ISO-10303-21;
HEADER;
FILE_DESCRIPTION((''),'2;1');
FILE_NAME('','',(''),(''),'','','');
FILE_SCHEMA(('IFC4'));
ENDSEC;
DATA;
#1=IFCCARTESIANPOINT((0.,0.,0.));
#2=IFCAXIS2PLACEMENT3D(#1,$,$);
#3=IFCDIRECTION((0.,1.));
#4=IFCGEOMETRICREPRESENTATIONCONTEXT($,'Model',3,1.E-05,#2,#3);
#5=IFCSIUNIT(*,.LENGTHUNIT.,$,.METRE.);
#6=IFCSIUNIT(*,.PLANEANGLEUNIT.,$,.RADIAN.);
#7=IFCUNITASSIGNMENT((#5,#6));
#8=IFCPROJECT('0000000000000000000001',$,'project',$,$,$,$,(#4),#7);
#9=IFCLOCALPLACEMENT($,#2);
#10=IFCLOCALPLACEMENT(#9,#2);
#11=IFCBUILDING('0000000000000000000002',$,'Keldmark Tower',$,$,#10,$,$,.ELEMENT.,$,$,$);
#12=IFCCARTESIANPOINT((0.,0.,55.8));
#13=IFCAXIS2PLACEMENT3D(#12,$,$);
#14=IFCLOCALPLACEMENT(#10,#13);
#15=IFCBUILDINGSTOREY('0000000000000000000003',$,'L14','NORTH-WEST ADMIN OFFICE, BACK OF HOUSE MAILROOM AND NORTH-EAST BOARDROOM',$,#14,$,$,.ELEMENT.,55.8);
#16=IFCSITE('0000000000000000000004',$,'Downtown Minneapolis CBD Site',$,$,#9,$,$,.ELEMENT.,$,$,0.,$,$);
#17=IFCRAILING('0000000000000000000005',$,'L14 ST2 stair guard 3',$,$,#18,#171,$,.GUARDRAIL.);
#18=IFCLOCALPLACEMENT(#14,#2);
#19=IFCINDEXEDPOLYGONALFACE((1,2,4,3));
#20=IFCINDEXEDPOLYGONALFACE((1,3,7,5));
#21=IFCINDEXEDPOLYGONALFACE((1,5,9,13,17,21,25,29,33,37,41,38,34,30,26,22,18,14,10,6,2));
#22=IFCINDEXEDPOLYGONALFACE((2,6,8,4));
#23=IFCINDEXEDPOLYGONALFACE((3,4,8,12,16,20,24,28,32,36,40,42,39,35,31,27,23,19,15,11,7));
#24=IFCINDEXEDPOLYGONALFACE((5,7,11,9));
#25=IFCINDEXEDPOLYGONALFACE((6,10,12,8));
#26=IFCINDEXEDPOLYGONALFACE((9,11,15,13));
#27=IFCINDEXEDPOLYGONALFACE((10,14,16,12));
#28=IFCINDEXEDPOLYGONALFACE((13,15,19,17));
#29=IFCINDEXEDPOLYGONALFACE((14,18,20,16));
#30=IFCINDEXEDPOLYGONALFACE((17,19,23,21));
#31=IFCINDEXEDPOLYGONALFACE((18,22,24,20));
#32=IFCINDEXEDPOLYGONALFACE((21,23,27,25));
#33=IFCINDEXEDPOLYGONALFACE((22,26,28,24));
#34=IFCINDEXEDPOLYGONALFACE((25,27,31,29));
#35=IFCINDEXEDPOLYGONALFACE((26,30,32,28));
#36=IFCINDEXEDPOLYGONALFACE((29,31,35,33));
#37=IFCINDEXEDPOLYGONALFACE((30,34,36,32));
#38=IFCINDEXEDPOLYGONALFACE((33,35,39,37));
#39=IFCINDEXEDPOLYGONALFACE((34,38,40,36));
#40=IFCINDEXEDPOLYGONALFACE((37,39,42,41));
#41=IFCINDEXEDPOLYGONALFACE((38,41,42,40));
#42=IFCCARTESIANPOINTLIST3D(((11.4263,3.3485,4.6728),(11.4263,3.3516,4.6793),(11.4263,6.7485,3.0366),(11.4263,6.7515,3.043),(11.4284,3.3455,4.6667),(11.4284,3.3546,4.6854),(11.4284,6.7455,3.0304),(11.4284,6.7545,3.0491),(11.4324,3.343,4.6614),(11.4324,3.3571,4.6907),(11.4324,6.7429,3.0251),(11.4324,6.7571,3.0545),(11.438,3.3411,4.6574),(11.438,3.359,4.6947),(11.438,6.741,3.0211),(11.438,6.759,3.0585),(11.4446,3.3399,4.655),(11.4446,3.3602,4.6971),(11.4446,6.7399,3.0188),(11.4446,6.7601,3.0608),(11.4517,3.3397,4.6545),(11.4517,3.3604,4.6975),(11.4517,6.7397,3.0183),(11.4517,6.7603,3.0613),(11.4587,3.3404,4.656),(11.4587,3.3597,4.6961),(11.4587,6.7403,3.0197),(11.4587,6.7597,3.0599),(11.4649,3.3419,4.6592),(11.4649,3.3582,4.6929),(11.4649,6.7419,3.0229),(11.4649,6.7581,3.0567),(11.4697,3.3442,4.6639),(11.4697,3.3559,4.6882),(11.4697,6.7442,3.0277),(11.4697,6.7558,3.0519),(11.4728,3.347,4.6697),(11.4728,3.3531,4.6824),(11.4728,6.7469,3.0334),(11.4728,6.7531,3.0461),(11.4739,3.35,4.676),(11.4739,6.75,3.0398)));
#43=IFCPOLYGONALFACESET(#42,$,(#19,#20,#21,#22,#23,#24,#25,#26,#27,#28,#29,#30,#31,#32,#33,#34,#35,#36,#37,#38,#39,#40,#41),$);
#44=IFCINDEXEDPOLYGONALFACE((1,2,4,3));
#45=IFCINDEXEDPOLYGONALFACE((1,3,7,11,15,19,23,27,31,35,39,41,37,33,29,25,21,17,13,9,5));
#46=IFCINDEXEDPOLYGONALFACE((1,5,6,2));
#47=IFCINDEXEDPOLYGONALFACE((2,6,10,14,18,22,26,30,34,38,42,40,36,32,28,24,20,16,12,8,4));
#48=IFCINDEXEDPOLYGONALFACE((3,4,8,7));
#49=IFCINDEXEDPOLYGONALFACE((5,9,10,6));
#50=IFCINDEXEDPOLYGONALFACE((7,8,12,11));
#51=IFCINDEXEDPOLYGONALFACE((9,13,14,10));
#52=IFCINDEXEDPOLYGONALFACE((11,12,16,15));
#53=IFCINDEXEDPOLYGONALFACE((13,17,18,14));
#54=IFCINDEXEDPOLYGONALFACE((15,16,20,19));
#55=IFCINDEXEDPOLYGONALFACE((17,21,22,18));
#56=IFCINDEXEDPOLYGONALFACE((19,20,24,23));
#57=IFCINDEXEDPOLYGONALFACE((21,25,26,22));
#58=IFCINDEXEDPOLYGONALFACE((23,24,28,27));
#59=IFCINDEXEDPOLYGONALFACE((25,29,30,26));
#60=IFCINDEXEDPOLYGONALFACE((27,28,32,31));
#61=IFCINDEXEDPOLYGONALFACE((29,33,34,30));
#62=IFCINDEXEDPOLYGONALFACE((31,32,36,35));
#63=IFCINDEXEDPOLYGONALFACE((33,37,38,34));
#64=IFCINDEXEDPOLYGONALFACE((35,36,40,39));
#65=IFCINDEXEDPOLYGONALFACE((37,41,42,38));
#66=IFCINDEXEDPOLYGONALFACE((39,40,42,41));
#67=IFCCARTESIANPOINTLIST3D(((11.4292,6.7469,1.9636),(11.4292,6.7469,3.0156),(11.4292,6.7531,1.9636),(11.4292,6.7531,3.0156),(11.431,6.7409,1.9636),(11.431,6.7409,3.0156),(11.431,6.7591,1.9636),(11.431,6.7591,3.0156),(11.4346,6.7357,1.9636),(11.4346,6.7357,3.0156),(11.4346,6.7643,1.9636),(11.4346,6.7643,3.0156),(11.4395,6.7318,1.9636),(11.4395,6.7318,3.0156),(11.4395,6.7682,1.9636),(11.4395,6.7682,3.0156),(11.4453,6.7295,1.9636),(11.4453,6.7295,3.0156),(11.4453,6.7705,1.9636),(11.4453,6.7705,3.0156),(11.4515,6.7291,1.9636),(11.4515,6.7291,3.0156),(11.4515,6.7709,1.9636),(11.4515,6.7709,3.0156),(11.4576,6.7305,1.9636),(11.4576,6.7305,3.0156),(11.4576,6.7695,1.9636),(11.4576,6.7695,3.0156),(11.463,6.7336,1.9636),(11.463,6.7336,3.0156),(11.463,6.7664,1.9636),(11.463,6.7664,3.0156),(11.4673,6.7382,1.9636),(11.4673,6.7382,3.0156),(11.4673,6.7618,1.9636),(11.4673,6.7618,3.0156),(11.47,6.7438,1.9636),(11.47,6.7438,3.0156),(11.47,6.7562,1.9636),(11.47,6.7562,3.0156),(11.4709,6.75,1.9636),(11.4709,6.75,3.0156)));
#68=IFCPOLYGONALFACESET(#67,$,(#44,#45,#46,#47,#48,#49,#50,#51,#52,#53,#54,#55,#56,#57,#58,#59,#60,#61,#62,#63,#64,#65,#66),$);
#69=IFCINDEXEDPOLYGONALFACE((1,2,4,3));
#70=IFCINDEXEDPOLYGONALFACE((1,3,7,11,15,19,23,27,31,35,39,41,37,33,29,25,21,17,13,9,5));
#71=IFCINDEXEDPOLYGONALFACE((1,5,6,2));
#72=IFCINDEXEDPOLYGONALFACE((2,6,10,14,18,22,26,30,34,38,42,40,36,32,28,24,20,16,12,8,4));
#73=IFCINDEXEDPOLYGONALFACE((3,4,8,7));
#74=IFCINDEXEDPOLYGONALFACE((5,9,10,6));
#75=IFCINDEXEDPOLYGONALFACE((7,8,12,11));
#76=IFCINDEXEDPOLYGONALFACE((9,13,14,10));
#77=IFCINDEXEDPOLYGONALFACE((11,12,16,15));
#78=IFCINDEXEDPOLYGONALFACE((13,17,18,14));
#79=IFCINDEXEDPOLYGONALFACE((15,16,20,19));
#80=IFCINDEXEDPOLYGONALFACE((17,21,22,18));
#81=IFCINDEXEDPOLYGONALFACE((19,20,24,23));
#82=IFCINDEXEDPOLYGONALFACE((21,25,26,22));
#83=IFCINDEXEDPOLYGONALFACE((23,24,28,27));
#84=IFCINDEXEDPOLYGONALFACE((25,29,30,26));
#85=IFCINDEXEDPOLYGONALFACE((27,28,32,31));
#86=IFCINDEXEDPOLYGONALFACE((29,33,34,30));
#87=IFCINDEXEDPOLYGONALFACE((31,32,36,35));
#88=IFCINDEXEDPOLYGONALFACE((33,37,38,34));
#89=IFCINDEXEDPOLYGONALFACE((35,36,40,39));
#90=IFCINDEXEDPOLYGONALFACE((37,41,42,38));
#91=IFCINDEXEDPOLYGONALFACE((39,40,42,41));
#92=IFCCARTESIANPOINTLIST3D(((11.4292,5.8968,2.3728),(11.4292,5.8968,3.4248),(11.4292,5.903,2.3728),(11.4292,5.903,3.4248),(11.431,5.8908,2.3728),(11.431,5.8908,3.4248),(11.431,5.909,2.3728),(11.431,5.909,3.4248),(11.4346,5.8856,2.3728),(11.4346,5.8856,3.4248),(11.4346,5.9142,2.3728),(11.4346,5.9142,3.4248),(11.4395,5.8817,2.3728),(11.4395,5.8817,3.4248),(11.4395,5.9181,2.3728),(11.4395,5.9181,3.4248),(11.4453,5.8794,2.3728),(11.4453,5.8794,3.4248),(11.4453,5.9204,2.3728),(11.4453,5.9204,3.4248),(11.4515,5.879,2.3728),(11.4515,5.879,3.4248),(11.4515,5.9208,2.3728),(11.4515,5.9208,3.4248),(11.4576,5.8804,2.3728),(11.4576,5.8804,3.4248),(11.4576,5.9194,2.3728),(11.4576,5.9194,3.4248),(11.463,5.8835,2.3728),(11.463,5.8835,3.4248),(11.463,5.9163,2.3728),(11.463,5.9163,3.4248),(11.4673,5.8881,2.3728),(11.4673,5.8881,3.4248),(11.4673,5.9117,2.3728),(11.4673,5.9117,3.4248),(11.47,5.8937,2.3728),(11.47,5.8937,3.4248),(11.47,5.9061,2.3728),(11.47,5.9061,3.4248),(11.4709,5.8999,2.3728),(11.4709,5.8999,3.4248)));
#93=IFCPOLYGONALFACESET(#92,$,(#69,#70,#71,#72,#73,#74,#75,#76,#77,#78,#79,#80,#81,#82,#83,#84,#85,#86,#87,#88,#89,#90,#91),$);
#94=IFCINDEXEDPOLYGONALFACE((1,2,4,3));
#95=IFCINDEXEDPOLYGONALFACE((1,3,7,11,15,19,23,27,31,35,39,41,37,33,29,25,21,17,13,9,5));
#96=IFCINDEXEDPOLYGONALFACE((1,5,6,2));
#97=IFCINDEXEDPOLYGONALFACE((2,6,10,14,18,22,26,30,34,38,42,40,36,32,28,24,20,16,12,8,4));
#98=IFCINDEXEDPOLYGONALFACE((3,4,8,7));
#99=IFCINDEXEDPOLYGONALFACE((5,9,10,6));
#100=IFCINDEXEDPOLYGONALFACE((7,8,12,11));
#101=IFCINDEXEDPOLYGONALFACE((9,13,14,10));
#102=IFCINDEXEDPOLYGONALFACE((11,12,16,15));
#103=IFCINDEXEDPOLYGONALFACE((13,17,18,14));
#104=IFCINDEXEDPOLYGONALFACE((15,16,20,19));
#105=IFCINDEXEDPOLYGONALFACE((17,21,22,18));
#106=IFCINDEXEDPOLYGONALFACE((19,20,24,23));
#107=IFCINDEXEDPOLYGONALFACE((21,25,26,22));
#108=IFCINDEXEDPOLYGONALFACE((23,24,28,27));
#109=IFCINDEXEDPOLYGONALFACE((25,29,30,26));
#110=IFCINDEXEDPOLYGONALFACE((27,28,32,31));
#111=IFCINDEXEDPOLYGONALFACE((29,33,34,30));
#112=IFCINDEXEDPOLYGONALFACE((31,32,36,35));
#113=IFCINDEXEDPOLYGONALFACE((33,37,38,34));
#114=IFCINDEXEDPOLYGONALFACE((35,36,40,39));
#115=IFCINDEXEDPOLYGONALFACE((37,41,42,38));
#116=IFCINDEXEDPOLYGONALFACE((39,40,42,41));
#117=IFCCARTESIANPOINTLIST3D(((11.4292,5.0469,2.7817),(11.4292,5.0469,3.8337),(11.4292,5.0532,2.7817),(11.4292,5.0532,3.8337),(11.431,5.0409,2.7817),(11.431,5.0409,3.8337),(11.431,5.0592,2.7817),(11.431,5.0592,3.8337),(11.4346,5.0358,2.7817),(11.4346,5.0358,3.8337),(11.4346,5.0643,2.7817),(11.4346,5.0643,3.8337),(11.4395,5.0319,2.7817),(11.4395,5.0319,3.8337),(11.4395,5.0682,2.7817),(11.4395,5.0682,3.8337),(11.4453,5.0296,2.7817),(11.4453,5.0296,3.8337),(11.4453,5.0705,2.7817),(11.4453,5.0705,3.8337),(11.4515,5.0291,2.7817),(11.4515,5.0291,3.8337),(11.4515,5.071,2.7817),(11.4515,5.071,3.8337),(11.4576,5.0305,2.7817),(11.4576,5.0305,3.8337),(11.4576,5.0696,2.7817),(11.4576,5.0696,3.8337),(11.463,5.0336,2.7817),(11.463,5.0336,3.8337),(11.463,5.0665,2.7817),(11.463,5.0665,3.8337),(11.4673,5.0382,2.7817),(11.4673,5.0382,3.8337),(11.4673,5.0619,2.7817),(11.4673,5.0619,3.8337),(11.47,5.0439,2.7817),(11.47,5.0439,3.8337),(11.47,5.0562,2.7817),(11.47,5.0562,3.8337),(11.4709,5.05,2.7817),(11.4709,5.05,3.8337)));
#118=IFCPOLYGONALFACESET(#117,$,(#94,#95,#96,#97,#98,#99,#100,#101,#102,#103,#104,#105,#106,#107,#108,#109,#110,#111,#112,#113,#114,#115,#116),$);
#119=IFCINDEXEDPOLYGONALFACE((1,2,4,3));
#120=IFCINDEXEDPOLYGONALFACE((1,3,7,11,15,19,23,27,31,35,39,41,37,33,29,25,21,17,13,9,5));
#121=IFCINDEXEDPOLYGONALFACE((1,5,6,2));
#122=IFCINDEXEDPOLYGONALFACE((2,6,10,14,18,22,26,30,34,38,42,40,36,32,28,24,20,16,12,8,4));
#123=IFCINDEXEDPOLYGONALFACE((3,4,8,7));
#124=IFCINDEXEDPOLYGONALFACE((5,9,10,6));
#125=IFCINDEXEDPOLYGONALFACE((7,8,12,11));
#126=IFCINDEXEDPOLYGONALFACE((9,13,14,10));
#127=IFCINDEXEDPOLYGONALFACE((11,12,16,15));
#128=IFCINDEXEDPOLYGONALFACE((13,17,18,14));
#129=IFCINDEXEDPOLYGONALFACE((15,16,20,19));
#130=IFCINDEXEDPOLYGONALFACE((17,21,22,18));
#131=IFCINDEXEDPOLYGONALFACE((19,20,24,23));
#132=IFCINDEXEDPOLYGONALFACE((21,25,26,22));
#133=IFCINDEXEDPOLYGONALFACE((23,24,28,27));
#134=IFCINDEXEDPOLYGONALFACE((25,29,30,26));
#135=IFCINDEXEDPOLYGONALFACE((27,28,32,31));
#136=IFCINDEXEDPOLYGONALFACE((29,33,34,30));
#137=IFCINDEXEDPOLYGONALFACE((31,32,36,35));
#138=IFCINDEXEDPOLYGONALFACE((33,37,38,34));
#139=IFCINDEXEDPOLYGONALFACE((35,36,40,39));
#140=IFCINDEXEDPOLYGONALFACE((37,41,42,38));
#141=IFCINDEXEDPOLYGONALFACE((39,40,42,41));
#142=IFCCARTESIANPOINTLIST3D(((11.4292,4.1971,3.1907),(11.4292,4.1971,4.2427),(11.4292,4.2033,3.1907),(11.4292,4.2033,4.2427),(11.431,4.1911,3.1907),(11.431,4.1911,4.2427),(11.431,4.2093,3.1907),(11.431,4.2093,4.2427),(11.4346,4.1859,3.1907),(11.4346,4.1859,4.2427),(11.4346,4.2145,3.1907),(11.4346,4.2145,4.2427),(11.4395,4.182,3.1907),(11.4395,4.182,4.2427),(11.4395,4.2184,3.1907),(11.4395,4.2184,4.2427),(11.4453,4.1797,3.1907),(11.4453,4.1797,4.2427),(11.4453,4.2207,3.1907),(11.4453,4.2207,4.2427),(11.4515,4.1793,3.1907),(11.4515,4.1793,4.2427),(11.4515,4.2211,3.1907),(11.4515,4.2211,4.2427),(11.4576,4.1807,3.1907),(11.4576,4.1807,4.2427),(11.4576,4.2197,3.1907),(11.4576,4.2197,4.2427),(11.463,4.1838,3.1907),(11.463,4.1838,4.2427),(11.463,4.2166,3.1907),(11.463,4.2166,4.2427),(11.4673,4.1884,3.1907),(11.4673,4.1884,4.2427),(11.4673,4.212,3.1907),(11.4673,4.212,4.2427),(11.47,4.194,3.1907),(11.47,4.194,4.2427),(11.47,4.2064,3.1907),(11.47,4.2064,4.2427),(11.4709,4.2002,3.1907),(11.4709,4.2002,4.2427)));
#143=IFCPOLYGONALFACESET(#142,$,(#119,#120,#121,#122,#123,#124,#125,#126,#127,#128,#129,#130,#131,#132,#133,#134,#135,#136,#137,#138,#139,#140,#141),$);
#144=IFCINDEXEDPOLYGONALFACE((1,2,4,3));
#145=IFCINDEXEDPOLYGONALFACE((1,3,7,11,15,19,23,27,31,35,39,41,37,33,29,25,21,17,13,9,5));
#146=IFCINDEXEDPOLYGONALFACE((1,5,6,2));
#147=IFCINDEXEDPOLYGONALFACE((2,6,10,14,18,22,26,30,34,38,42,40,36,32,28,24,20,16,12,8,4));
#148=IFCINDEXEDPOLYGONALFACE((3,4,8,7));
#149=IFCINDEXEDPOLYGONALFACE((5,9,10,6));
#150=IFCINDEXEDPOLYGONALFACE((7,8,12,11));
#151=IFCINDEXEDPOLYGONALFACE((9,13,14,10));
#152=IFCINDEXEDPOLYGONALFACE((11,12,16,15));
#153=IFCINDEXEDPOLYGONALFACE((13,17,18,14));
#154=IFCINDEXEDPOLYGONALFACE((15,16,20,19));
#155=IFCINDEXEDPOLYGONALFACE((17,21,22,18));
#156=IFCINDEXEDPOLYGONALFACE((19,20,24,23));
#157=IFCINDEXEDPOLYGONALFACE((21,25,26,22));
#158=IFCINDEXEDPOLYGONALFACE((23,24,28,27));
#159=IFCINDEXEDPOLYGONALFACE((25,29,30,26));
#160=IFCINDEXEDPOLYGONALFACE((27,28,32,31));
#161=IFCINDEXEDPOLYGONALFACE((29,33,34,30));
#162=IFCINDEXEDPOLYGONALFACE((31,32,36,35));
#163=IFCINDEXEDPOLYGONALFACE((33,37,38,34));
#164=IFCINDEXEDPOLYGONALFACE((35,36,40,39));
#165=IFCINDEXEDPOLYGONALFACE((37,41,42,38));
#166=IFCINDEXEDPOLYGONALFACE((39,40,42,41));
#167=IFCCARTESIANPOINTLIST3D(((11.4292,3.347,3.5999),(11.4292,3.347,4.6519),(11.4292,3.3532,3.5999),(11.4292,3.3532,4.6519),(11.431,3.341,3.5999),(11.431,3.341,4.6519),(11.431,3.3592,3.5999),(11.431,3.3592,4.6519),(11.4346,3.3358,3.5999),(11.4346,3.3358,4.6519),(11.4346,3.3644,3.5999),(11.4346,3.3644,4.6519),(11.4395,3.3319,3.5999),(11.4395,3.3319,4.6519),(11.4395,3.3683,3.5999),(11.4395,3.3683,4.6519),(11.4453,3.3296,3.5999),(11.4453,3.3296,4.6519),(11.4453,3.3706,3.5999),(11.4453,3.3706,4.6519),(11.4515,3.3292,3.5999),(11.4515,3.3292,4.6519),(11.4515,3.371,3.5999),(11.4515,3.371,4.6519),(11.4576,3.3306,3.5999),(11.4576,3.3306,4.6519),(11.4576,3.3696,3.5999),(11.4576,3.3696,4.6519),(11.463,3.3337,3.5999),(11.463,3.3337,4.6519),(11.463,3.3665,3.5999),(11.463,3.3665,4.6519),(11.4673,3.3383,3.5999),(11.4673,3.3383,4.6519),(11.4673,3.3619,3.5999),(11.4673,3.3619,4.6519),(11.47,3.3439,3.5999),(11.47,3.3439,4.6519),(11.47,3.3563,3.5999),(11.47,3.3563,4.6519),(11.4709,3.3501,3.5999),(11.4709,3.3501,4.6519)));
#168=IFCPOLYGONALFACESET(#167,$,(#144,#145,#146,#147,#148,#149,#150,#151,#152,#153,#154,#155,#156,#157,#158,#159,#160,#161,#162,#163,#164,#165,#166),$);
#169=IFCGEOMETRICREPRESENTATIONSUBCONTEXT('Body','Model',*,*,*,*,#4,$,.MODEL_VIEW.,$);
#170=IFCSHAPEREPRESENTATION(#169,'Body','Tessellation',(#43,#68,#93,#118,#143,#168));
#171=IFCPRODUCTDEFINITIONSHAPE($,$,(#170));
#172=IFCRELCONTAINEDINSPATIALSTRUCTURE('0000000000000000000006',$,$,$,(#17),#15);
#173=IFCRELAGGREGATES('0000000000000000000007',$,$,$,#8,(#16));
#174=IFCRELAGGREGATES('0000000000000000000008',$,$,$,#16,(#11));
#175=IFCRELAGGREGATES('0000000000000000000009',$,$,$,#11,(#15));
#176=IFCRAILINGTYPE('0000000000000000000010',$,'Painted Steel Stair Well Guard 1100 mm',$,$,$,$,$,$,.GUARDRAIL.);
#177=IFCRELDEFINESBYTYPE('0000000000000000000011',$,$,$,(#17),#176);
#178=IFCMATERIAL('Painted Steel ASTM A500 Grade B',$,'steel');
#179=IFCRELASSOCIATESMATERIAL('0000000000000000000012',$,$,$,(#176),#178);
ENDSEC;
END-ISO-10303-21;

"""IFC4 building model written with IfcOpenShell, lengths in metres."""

from ifc_helpers import new_model, si_unit, direction, frame, origin, origin_2d, place, context, subcontext, project, spatial, circle, extrude, material, type_object, element, save


model = new_model("IFC4")

# Units and contexts
model_context = context("Model", 3, precision=1e-05, world=origin(), true_north=direction((0.0, 1.0)))
body_context = subcontext(model_context, "Body", "Model", "MODEL_VIEW")
ifc_project = project(units=[si_unit("LENGTHUNIT", "METRE"), si_unit("PLANEANGLEUNIT", "RADIAN")], contexts=[model_context])

# Site, building, storey
site_placement = place(None, origin())
site = spatial("IfcSite", under=ifc_project, at=site_placement, Name="Downtown Minneapolis CBD Site", CompositionType="ELEMENT", RefElevation=0.0)
building_placement = place(site_placement, origin())
building = spatial("IfcBuilding", under=site, at=building_placement, Name="Keldmark Tower", CompositionType="ELEMENT")
storey_placement = place(building_placement, frame((0.0, 0.0, 55.8)))
storey = spatial("IfcBuildingStorey", under=building, at=storey_placement, Name="L14", Description="NORTH-WEST ADMIN OFFICE, BACK OF HOUSE MAILROOM AND NORTH-EAST BOARDROOM", CompositionType="ELEMENT", Elevation=55.8)

# Railing
ifc_material_1 = material(Name="Painted Steel ASTM A500 Grade B", Category="steel")
railing_type_1 = type_object("IfcRailingType", Name="Painted Steel Stair Well Guard 1100 mm", PredefinedType="GUARDRAIL", material=ifc_material_1)
railing_1_placement = place(storey_placement, frame((11.45, 6.75, 1.9636)))
element("IfcRailing", 1, at=railing_1_placement, inside=storey, type_object=railing_type_1, Name="L14 ST2 stair guard 3", PredefinedType="GUARDRAIL", context=body_context, shape_type="SweptSolid", body=[
    extrude(circle(Radius=0.0239, at=origin_2d()), frame((0.0, 0.0, 1.0762), z_axis=(0.0, -0.90108, 0.433652), x_axis=(1.0, 0.0, 0.0)), (0.0, 0.0, 1.0), 3.7732),
    extrude(circle(Radius=0.021, at=origin_2d()), origin(), (0.0, 0.0, 1.0), 1.052),
    extrude(circle(Radius=0.021, at=origin_2d()), frame((0.0, -0.8501, 0.4092)), (0.0, 0.0, 1.0), 1.052),
    extrude(circle(Radius=0.021, at=origin_2d()), frame((0.0, -1.7, 0.8181)), (0.0, 0.0, 1.0), 1.052),
    extrude(circle(Radius=0.021, at=origin_2d()), frame((0.0, -2.5498, 1.2271)), (0.0, 0.0, 1.0), 1.052),
    extrude(circle(Radius=0.021, at=origin_2d()), frame((0.0, -3.3999, 1.6362)), (0.0, 0.0, 1.0), 1.052),
])

save(model, "model.ifc")
